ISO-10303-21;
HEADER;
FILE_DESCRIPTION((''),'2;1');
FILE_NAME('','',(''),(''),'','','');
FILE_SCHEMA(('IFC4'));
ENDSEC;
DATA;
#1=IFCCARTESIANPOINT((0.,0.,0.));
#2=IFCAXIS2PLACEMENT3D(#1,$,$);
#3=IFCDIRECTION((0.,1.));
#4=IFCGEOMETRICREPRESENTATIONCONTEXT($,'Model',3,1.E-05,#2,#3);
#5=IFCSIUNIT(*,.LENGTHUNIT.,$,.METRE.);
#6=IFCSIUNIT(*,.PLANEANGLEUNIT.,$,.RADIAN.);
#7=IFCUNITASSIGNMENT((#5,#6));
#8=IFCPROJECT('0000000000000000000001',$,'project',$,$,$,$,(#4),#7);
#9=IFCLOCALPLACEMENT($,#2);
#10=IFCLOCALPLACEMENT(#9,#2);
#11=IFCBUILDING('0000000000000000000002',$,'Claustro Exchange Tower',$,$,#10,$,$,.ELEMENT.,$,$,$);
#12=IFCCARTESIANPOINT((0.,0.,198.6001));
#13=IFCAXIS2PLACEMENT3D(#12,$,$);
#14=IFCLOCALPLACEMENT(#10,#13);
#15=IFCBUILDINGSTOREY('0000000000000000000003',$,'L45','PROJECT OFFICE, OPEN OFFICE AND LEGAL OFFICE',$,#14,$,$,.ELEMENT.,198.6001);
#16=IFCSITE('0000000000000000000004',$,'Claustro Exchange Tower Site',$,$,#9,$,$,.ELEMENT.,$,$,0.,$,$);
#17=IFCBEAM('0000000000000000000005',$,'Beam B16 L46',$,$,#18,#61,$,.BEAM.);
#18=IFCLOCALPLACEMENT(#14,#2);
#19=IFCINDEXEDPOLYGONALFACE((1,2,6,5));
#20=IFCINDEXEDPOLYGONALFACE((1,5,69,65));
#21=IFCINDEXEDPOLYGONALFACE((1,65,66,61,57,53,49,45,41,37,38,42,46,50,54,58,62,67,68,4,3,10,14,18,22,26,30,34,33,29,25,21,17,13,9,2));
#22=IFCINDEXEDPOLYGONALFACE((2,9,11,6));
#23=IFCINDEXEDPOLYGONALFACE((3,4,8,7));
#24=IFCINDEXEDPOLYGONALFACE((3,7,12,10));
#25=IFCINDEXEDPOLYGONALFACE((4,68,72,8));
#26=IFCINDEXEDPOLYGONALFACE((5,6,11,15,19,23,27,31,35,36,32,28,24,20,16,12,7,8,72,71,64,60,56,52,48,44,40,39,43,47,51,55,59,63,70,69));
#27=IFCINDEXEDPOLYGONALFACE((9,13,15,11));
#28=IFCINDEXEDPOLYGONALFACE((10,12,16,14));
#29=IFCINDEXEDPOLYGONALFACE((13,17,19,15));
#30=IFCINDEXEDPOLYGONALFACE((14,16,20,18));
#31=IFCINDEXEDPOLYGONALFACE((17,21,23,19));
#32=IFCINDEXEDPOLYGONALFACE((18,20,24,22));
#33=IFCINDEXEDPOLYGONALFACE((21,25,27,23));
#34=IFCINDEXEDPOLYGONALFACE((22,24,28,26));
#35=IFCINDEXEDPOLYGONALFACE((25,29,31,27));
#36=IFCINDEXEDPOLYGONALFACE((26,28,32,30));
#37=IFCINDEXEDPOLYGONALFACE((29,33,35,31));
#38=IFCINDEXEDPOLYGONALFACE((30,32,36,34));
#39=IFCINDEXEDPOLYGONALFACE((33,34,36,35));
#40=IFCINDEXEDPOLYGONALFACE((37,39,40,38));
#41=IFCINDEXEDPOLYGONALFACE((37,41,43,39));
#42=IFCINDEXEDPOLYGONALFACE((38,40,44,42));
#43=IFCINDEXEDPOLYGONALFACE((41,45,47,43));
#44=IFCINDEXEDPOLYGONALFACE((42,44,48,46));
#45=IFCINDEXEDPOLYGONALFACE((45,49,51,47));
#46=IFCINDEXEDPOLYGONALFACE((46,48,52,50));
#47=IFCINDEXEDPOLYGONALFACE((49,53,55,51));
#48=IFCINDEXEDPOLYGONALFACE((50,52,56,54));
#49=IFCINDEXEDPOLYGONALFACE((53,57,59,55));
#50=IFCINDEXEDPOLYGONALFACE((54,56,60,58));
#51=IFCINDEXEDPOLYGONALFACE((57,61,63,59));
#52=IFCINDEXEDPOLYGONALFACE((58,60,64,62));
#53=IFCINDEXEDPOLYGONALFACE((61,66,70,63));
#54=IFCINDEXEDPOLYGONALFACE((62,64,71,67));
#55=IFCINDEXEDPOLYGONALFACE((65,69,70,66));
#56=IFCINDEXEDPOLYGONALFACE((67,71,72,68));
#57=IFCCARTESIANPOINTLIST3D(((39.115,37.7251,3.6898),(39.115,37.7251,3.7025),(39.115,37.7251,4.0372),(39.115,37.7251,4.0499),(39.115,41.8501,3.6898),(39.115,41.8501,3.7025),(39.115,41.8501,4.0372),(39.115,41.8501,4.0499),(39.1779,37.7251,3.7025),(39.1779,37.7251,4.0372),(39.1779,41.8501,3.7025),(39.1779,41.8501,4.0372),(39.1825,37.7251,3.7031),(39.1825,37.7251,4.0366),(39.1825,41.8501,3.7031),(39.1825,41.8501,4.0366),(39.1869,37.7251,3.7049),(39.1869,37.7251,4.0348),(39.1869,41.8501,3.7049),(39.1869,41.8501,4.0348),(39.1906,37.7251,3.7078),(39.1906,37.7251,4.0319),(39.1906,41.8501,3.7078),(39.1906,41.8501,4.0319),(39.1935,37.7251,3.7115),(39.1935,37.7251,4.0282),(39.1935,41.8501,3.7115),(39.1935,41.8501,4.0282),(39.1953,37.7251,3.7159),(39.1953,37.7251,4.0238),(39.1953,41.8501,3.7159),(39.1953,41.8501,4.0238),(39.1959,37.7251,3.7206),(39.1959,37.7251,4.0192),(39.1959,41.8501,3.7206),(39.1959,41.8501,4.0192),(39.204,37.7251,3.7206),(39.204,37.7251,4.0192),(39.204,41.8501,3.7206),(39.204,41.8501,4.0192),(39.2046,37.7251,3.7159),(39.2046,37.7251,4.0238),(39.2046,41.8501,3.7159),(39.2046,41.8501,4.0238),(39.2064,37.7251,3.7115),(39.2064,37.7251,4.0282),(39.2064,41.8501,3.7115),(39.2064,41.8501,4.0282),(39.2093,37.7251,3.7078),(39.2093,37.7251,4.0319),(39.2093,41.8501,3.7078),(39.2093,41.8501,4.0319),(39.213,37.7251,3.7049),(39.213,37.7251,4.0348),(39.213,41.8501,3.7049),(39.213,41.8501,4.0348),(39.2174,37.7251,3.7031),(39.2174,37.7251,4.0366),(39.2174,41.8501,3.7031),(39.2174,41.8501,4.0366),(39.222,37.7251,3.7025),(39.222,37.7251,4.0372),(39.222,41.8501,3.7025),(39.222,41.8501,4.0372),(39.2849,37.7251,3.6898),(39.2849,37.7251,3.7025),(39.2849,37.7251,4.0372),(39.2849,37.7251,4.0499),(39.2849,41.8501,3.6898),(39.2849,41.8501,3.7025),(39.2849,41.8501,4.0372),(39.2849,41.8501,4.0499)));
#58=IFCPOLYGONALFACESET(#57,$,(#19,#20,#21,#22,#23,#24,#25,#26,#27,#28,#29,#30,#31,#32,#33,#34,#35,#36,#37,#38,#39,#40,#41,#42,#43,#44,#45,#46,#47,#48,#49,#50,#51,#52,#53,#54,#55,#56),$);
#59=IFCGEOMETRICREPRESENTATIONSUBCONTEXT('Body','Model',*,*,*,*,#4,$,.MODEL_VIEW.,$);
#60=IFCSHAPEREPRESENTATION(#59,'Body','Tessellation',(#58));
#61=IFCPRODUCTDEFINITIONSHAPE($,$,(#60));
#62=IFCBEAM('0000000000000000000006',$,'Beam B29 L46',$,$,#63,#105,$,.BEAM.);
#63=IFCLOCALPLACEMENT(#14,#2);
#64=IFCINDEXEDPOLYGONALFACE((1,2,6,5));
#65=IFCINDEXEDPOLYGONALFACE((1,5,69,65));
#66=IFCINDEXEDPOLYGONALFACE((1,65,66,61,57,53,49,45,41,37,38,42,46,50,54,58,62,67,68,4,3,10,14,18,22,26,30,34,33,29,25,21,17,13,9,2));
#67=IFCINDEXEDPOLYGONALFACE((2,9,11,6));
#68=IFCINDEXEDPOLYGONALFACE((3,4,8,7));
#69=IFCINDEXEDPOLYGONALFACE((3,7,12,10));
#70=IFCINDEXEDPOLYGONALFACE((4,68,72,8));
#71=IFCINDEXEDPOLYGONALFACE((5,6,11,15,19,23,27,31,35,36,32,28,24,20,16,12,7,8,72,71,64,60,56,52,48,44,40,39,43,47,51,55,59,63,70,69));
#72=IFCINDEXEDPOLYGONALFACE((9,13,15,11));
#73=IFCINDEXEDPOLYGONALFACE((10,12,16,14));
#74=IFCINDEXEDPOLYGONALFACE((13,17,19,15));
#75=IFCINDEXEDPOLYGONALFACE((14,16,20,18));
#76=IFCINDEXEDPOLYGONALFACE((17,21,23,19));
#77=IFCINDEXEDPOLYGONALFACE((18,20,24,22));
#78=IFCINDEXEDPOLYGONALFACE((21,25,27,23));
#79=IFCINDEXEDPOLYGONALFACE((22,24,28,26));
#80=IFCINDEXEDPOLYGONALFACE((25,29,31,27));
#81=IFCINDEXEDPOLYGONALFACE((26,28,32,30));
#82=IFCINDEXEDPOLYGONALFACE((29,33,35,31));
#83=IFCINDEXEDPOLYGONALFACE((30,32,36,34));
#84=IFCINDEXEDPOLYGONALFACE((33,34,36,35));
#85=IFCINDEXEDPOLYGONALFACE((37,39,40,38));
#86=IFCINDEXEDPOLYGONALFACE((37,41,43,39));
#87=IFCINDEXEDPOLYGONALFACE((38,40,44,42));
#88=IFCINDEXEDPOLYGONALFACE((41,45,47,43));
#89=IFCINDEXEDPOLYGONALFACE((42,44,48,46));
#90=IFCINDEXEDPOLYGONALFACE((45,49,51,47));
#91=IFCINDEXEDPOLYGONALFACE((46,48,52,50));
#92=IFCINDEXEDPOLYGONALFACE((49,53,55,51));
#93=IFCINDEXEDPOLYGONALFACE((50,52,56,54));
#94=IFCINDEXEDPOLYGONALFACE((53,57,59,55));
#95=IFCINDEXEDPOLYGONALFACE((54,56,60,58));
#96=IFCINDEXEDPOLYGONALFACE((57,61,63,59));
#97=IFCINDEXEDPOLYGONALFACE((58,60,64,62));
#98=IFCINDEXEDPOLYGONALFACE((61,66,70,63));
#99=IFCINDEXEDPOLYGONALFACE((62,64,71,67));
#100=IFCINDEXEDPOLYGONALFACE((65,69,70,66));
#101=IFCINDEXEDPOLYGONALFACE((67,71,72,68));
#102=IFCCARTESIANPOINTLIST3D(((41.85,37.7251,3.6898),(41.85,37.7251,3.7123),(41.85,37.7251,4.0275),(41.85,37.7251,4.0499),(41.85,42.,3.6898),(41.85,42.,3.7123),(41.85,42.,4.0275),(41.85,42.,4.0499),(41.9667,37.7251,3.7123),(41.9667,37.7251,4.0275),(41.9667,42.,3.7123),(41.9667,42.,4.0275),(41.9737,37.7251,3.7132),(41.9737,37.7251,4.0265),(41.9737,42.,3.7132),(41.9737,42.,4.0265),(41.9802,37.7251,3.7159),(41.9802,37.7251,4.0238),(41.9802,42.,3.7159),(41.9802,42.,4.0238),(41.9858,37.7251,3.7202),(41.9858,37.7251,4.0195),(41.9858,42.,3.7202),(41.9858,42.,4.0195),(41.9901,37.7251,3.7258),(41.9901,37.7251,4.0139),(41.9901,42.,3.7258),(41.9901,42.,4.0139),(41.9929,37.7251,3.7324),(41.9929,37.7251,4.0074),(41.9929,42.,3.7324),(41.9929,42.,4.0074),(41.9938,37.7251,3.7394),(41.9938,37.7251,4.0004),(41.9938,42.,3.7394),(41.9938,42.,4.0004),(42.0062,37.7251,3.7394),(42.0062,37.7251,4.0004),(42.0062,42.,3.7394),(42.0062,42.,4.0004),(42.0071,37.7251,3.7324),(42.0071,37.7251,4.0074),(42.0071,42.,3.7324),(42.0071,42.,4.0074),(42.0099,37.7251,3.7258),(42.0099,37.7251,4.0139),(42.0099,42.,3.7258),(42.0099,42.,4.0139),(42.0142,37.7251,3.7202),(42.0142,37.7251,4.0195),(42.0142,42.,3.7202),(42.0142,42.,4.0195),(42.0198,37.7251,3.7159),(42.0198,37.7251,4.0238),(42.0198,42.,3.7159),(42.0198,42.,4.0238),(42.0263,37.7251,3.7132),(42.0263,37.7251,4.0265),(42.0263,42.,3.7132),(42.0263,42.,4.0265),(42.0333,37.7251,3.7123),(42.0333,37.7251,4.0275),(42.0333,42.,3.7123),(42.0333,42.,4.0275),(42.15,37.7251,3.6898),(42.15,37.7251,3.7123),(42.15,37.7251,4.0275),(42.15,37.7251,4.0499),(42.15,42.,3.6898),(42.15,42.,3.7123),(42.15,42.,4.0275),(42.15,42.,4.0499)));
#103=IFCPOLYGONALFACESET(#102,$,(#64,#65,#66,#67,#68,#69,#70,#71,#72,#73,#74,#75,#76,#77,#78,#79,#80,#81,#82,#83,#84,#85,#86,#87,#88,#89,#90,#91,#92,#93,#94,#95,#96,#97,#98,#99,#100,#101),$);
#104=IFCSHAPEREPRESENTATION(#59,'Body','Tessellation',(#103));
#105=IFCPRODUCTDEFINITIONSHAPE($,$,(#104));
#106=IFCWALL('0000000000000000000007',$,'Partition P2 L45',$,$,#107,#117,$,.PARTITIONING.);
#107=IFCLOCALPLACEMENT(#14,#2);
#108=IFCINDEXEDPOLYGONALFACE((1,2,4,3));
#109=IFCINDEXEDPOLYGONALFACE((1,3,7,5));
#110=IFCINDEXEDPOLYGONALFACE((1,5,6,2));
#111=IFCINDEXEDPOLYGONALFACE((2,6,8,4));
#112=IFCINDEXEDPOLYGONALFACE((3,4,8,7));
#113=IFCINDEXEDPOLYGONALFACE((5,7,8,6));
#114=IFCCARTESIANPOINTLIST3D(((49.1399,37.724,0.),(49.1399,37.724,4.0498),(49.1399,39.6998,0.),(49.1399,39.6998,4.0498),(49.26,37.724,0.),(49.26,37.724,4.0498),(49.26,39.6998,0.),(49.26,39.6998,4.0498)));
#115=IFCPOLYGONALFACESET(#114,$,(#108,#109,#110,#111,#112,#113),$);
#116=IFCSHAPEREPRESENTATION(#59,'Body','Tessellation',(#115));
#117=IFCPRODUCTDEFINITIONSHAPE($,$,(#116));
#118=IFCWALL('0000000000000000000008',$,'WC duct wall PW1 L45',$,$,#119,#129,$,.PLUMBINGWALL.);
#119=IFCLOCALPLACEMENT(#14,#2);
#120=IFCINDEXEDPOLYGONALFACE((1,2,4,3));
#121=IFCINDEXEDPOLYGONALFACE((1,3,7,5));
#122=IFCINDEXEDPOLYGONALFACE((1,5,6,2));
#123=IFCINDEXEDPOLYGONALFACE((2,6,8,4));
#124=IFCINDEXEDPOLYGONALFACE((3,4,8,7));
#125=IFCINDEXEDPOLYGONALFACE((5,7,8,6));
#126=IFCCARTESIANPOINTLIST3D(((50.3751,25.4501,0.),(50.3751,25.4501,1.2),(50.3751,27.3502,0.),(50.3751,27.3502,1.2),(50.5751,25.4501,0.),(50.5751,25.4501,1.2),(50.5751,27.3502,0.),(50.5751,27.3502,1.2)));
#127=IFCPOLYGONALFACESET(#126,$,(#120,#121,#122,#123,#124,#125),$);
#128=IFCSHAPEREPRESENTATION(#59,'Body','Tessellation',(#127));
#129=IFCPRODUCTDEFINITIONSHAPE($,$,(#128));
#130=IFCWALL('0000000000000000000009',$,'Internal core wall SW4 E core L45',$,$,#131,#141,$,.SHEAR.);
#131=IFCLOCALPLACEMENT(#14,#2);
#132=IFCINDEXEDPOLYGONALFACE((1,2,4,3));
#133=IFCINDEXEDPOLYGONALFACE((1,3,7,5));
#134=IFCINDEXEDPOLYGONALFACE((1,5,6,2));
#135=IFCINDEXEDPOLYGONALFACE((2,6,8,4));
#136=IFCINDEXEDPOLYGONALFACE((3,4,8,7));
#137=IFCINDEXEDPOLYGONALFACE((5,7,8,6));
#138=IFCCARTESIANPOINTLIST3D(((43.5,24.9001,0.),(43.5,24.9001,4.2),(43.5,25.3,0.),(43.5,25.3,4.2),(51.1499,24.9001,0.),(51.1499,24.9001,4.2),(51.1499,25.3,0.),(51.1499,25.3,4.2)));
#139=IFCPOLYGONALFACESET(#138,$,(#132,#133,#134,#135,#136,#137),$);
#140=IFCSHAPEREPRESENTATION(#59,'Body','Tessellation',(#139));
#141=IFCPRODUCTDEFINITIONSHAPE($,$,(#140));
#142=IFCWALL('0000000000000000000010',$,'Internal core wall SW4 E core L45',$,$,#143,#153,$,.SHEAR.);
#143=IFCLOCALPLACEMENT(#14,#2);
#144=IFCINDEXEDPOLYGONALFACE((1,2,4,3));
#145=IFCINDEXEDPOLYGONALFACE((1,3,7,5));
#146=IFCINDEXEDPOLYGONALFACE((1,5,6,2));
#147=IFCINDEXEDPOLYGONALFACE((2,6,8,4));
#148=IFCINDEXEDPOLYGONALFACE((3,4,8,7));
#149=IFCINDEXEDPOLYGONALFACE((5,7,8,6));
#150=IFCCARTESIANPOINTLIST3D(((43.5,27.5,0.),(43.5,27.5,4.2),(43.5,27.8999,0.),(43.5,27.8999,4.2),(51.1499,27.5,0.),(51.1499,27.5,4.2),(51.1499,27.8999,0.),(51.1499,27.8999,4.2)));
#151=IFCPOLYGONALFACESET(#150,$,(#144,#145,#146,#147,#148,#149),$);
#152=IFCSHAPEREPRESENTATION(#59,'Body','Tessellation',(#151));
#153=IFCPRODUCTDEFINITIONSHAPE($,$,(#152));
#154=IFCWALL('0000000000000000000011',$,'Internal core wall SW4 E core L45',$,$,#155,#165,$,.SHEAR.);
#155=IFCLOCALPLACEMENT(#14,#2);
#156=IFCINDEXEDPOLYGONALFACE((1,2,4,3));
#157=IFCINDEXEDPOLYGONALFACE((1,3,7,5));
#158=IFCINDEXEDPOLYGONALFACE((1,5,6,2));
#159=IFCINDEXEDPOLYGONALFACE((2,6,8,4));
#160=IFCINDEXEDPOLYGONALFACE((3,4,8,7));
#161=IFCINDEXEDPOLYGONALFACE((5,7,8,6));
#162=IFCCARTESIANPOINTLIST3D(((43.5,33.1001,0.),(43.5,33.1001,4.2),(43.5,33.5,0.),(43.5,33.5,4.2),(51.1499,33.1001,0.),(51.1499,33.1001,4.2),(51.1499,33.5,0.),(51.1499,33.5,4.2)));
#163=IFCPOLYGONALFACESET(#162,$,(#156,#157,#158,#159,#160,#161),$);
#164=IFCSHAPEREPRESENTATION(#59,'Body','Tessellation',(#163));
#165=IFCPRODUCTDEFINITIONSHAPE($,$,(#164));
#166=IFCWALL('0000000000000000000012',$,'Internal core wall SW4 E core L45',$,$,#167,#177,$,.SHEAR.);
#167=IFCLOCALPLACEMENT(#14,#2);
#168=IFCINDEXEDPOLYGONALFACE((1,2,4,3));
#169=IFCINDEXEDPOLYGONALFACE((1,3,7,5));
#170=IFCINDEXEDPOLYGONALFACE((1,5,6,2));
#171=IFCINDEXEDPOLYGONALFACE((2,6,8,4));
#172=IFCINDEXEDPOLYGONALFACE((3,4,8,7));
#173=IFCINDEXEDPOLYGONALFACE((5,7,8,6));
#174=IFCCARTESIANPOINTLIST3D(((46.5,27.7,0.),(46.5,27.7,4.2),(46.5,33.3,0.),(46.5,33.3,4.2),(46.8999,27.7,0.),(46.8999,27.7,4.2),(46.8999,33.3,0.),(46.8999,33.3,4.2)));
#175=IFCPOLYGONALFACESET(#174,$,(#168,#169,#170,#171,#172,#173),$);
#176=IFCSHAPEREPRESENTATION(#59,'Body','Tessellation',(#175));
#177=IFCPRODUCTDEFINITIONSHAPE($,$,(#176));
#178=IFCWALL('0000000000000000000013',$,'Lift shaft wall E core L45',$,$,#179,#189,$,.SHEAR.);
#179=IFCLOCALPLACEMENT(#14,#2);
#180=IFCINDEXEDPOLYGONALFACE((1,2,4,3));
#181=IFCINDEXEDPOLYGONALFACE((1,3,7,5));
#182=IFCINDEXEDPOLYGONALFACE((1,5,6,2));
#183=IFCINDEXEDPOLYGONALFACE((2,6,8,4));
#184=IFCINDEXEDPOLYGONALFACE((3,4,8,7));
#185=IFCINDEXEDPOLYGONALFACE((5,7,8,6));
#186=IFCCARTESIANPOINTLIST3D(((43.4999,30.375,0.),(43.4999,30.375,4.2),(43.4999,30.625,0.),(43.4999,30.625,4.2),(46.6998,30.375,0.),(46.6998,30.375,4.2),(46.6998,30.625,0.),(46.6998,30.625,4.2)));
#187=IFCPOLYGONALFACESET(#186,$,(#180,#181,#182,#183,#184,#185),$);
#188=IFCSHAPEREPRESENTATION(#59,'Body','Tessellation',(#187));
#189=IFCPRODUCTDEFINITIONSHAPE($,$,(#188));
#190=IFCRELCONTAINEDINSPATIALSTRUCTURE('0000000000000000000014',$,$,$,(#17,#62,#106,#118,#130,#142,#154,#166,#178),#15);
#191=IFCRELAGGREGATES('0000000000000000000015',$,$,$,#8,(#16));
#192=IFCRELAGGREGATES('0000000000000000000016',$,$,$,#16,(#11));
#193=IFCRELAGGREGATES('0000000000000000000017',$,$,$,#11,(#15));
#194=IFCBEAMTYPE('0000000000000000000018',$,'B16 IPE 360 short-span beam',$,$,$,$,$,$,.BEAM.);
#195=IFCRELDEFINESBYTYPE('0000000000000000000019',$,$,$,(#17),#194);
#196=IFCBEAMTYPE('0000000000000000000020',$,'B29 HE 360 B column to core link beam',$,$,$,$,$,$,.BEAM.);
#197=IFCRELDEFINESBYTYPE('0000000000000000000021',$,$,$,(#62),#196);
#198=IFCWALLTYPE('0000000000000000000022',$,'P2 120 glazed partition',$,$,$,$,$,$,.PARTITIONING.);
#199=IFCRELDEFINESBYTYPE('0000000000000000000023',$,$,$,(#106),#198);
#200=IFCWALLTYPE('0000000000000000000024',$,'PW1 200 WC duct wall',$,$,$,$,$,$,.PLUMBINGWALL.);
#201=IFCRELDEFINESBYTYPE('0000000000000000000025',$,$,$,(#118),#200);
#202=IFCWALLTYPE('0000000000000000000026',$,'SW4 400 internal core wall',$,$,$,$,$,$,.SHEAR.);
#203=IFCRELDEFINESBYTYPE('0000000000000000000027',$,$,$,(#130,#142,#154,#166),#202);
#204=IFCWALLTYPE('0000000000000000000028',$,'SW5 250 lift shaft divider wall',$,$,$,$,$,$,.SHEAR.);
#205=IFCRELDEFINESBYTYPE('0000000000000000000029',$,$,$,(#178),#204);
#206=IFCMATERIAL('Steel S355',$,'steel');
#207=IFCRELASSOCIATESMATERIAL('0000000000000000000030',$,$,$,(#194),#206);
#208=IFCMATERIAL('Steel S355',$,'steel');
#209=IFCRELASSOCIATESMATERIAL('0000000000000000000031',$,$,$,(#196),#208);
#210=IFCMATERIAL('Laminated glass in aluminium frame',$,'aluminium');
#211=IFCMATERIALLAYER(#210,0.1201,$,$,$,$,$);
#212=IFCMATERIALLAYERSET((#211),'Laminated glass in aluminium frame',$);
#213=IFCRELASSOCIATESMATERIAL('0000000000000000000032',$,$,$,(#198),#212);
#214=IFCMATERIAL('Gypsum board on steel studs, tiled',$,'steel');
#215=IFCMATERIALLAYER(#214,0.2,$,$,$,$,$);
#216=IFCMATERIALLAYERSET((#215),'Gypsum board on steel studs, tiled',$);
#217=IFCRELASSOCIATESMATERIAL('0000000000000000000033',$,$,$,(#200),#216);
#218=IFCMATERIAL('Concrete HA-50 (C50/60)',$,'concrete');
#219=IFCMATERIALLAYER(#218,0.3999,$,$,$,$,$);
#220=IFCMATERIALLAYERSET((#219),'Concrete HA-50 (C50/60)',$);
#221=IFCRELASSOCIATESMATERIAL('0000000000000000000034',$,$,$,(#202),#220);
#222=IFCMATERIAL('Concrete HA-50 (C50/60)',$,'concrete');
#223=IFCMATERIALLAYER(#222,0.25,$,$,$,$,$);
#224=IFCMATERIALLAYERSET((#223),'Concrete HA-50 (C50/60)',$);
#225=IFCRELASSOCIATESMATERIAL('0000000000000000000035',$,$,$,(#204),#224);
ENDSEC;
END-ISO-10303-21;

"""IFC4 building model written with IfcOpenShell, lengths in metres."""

from ifc_helpers import new_model, si_unit, direction, frame, frame_2d, origin, origin_2d, place, context, subcontext, project, spatial, rectangle, i_section, extrude, material, layer, layer_set, material_profile, profile_set, type_object, element, save


model = new_model("IFC4")

# Units and contexts
model_context = context("Model", 3, precision=1e-05, world=origin(), true_north=direction((0.0, 1.0)))
body_context = subcontext(model_context, "Body", "Model", "MODEL_VIEW")
ifc_project = project(units=[si_unit("LENGTHUNIT", "METRE"), si_unit("PLANEANGLEUNIT", "RADIAN")], contexts=[model_context])

# Site, building, storey
site_placement = place(None, origin())
site = spatial("IfcSite", under=ifc_project, at=site_placement, Name="Claustro Exchange Tower Site", CompositionType="ELEMENT", RefElevation=0.0)
building_placement = place(site_placement, origin())
building = spatial("IfcBuilding", under=site, at=building_placement, Name="Claustro Exchange Tower", CompositionType="ELEMENT")
storey_placement = place(building_placement, frame((0.0, 0.0, 198.6001)))
storey = spatial("IfcBuildingStorey", under=building, at=storey_placement, Name="L45", Description="PROJECT OFFICE, OPEN OFFICE AND LEGAL OFFICE", CompositionType="ELEMENT", Elevation=198.6001)

# Beams
ifc_material_1 = material(Name="Steel S355", Category="steel")
ifc_material_profile_1 = material_profile(ifc_material_1, i_section(OverallWidth=0.1699, OverallDepth=0.3601, WebThickness=0.0081, FlangeThickness=0.0127, FilletRadius=0.0181, at=origin_2d()), Name="IPE 360")
ifc_profile_set_1 = profile_set([ifc_material_profile_1], Name="Steel S355")
beam_type_1 = type_object("IfcBeamType", Name="B16 IPE 360 short-span beam", PredefinedType="BEAM", material=ifc_profile_set_1)
beam_1_placement = place(storey_placement, frame((39.2, 37.7251, 3.8699), z_axis=(0.0, 1.0, 0.0), x_axis=(-1.0, 0.0, 0.0)))
element("IfcBeam", 1, at=beam_1_placement, inside=storey, type_object=beam_type_1, Name="Beam B16 L46", PredefinedType="BEAM", context=body_context, shape_type="SweptSolid", body=[
    extrude(i_section(OverallWidth=0.1699, OverallDepth=0.3601, WebThickness=0.0081, FlangeThickness=0.0127, FilletRadius=0.0181, at=origin_2d()), origin(), (0.0, 0.0, 1.0), 4.125),
])
ifc_material_2 = material(Name="Steel S355", Category="steel")
ifc_material_profile_2 = material_profile(ifc_material_2, i_section(OverallWidth=0.3, OverallDepth=0.3601, WebThickness=0.0125, FlangeThickness=0.0225, FilletRadius=0.0271, at=origin_2d()), Name="HE 360 B")
ifc_profile_set_2 = profile_set([ifc_material_profile_2], Name="Steel S355")
beam_type_2 = type_object("IfcBeamType", Name="B29 HE 360 B column to core link beam", PredefinedType="BEAM", material=ifc_profile_set_2)
beam_2_placement = place(storey_placement, frame((42.0, 37.7251, 3.8699), z_axis=(0.0, 1.0, 0.0), x_axis=(-1.0, 0.0, 0.0)))
element("IfcBeam", 2, at=beam_2_placement, inside=storey, type_object=beam_type_2, Name="Beam B29 L46", PredefinedType="BEAM", context=body_context, shape_type="SweptSolid", body=[
    extrude(i_section(OverallWidth=0.3, OverallDepth=0.3601, WebThickness=0.0125, FlangeThickness=0.0225, FilletRadius=0.0271, at=origin_2d()), origin(), (0.0, 0.0, 1.0), 4.2749),
])

# Walls
ifc_material_3 = material(Name="Laminated glass in aluminium frame", Category="aluminium")
ifc_layer_1 = layer(ifc_material_3, 0.1201)
ifc_layer_set_1 = layer_set([ifc_layer_1], Name="Laminated glass in aluminium frame")
wall_type_1 = type_object("IfcWallType", Name="P2 120 glazed partition", PredefinedType="PARTITIONING", material=ifc_layer_set_1)
wall_1_placement = place(storey_placement, frame((49.2, 37.7241, 0.0), z_axis=(0.0, 0.0, 1.0), x_axis=(0.0, 1.0, 0.0)))
element("IfcWall", 3, at=wall_1_placement, inside=storey, type_object=wall_type_1, Name="Partition P2 L45", PredefinedType="PARTITIONING", context=body_context, shape_type="SweptSolid", body=[
    extrude(rectangle(XDim=1.9758, YDim=0.1201, at=frame_2d((0.9878, 0.0))), origin(), (0.0, 0.0, 1.0), 4.0498),
])
ifc_material_4 = material(Name="Gypsum board on steel studs, tiled", Category="steel")
ifc_layer_2 = layer(ifc_material_4, 0.2)
ifc_layer_set_2 = layer_set([ifc_layer_2], Name="Gypsum board on steel studs, tiled")
wall_type_2 = type_object("IfcWallType", Name="PW1 200 WC duct wall", PredefinedType="PLUMBINGWALL", material=ifc_layer_set_2)
wall_2_placement = place(storey_placement, frame((50.4751, 25.45, 0.0), z_axis=(0.0, 0.0, 1.0), x_axis=(0.0, 1.0, 0.0)))
element("IfcWall", 4, at=wall_2_placement, inside=storey, type_object=wall_type_2, Name="WC duct wall PW1 L45", PredefinedType="PLUMBINGWALL", context=body_context, shape_type="SweptSolid", body=[
    extrude(rectangle(XDim=1.9001, YDim=0.2, at=frame_2d((0.9502, 0.0))), origin(), (0.0, 0.0, 1.0), 1.2),
])
ifc_material_5 = material(Name="Concrete HA-50 (C50/60)", Category="concrete")
ifc_layer_3 = layer(ifc_material_5, 0.3999)
ifc_layer_set_3 = layer_set([ifc_layer_3], Name="Concrete HA-50 (C50/60)")
wall_type_3 = type_object("IfcWallType", Name="SW4 400 internal core wall", PredefinedType="SHEAR", material=ifc_layer_set_3)
for number, where, z_axis, x_axis, name in (
    (5, (51.1499, 25.1001, 0.0), (0.0, 0.0, 1.0), (-1.0, 0.0, 0.0), "Internal core wall SW4 E core L45"),
    (6, (51.1499, 27.7, 0.0), (0.0, 0.0, 1.0), (-1.0, 0.0, 0.0), "Internal core wall SW4 E core L45"),
    (7, (51.1499, 33.3, 0.0), (0.0, 0.0, 1.0), (-1.0, 0.0, 0.0), "Internal core wall SW4 E core L45"),
):
    element("IfcWall", number, at=place(storey_placement, frame(where, z_axis=z_axis, x_axis=x_axis)), inside=storey, type_object=wall_type_3, Name=name, PredefinedType="SHEAR", context=body_context, shape_type="SweptSolid", body=[
        extrude(rectangle(XDim=7.6499, YDim=0.3999, at=frame_2d((3.825, 0.0))), origin(), (0.0, 0.0, 1.0), 4.2),
    ])
wall_3_placement = place(storey_placement, frame((46.7, 27.7, 0.0), z_axis=(0.0, 0.0, 1.0), x_axis=(0.0, 1.0, 0.0)))
element("IfcWall", 8, at=wall_3_placement, inside=storey, type_object=wall_type_3, Name="Internal core wall SW4 E core L45", PredefinedType="SHEAR", context=body_context, shape_type="SweptSolid", body=[
    extrude(rectangle(XDim=5.6001, YDim=0.3999, at=frame_2d((2.8, 0.0))), origin(), (0.0, 0.0, 1.0), 4.2),
])
ifc_material_6 = material(Name="Concrete HA-50 (C50/60)", Category="concrete")
ifc_layer_4 = layer(ifc_material_6, 0.25)
ifc_layer_set_4 = layer_set([ifc_layer_4], Name="Concrete HA-50 (C50/60)")
wall_type_4 = type_object("IfcWallType", Name="SW5 250 lift shaft divider wall", PredefinedType="SHEAR", material=ifc_layer_set_4)
wall_4_placement = place(storey_placement, frame((46.7, 30.5, 0.0), z_axis=(0.0, 0.0, 1.0), x_axis=(-1.0, 0.0, 0.0)))
element("IfcWall", 9, at=wall_4_placement, inside=storey, type_object=wall_type_4, Name="Lift shaft wall E core L45", PredefinedType="SHEAR", context=body_context, shape_type="SweptSolid", body=[
    extrude(rectangle(XDim=3.2, YDim=0.25, at=frame_2d((1.6001, 0.0))), origin(), (0.0, 0.0, 1.0), 4.2),
])

save(model, "model.ifc")
